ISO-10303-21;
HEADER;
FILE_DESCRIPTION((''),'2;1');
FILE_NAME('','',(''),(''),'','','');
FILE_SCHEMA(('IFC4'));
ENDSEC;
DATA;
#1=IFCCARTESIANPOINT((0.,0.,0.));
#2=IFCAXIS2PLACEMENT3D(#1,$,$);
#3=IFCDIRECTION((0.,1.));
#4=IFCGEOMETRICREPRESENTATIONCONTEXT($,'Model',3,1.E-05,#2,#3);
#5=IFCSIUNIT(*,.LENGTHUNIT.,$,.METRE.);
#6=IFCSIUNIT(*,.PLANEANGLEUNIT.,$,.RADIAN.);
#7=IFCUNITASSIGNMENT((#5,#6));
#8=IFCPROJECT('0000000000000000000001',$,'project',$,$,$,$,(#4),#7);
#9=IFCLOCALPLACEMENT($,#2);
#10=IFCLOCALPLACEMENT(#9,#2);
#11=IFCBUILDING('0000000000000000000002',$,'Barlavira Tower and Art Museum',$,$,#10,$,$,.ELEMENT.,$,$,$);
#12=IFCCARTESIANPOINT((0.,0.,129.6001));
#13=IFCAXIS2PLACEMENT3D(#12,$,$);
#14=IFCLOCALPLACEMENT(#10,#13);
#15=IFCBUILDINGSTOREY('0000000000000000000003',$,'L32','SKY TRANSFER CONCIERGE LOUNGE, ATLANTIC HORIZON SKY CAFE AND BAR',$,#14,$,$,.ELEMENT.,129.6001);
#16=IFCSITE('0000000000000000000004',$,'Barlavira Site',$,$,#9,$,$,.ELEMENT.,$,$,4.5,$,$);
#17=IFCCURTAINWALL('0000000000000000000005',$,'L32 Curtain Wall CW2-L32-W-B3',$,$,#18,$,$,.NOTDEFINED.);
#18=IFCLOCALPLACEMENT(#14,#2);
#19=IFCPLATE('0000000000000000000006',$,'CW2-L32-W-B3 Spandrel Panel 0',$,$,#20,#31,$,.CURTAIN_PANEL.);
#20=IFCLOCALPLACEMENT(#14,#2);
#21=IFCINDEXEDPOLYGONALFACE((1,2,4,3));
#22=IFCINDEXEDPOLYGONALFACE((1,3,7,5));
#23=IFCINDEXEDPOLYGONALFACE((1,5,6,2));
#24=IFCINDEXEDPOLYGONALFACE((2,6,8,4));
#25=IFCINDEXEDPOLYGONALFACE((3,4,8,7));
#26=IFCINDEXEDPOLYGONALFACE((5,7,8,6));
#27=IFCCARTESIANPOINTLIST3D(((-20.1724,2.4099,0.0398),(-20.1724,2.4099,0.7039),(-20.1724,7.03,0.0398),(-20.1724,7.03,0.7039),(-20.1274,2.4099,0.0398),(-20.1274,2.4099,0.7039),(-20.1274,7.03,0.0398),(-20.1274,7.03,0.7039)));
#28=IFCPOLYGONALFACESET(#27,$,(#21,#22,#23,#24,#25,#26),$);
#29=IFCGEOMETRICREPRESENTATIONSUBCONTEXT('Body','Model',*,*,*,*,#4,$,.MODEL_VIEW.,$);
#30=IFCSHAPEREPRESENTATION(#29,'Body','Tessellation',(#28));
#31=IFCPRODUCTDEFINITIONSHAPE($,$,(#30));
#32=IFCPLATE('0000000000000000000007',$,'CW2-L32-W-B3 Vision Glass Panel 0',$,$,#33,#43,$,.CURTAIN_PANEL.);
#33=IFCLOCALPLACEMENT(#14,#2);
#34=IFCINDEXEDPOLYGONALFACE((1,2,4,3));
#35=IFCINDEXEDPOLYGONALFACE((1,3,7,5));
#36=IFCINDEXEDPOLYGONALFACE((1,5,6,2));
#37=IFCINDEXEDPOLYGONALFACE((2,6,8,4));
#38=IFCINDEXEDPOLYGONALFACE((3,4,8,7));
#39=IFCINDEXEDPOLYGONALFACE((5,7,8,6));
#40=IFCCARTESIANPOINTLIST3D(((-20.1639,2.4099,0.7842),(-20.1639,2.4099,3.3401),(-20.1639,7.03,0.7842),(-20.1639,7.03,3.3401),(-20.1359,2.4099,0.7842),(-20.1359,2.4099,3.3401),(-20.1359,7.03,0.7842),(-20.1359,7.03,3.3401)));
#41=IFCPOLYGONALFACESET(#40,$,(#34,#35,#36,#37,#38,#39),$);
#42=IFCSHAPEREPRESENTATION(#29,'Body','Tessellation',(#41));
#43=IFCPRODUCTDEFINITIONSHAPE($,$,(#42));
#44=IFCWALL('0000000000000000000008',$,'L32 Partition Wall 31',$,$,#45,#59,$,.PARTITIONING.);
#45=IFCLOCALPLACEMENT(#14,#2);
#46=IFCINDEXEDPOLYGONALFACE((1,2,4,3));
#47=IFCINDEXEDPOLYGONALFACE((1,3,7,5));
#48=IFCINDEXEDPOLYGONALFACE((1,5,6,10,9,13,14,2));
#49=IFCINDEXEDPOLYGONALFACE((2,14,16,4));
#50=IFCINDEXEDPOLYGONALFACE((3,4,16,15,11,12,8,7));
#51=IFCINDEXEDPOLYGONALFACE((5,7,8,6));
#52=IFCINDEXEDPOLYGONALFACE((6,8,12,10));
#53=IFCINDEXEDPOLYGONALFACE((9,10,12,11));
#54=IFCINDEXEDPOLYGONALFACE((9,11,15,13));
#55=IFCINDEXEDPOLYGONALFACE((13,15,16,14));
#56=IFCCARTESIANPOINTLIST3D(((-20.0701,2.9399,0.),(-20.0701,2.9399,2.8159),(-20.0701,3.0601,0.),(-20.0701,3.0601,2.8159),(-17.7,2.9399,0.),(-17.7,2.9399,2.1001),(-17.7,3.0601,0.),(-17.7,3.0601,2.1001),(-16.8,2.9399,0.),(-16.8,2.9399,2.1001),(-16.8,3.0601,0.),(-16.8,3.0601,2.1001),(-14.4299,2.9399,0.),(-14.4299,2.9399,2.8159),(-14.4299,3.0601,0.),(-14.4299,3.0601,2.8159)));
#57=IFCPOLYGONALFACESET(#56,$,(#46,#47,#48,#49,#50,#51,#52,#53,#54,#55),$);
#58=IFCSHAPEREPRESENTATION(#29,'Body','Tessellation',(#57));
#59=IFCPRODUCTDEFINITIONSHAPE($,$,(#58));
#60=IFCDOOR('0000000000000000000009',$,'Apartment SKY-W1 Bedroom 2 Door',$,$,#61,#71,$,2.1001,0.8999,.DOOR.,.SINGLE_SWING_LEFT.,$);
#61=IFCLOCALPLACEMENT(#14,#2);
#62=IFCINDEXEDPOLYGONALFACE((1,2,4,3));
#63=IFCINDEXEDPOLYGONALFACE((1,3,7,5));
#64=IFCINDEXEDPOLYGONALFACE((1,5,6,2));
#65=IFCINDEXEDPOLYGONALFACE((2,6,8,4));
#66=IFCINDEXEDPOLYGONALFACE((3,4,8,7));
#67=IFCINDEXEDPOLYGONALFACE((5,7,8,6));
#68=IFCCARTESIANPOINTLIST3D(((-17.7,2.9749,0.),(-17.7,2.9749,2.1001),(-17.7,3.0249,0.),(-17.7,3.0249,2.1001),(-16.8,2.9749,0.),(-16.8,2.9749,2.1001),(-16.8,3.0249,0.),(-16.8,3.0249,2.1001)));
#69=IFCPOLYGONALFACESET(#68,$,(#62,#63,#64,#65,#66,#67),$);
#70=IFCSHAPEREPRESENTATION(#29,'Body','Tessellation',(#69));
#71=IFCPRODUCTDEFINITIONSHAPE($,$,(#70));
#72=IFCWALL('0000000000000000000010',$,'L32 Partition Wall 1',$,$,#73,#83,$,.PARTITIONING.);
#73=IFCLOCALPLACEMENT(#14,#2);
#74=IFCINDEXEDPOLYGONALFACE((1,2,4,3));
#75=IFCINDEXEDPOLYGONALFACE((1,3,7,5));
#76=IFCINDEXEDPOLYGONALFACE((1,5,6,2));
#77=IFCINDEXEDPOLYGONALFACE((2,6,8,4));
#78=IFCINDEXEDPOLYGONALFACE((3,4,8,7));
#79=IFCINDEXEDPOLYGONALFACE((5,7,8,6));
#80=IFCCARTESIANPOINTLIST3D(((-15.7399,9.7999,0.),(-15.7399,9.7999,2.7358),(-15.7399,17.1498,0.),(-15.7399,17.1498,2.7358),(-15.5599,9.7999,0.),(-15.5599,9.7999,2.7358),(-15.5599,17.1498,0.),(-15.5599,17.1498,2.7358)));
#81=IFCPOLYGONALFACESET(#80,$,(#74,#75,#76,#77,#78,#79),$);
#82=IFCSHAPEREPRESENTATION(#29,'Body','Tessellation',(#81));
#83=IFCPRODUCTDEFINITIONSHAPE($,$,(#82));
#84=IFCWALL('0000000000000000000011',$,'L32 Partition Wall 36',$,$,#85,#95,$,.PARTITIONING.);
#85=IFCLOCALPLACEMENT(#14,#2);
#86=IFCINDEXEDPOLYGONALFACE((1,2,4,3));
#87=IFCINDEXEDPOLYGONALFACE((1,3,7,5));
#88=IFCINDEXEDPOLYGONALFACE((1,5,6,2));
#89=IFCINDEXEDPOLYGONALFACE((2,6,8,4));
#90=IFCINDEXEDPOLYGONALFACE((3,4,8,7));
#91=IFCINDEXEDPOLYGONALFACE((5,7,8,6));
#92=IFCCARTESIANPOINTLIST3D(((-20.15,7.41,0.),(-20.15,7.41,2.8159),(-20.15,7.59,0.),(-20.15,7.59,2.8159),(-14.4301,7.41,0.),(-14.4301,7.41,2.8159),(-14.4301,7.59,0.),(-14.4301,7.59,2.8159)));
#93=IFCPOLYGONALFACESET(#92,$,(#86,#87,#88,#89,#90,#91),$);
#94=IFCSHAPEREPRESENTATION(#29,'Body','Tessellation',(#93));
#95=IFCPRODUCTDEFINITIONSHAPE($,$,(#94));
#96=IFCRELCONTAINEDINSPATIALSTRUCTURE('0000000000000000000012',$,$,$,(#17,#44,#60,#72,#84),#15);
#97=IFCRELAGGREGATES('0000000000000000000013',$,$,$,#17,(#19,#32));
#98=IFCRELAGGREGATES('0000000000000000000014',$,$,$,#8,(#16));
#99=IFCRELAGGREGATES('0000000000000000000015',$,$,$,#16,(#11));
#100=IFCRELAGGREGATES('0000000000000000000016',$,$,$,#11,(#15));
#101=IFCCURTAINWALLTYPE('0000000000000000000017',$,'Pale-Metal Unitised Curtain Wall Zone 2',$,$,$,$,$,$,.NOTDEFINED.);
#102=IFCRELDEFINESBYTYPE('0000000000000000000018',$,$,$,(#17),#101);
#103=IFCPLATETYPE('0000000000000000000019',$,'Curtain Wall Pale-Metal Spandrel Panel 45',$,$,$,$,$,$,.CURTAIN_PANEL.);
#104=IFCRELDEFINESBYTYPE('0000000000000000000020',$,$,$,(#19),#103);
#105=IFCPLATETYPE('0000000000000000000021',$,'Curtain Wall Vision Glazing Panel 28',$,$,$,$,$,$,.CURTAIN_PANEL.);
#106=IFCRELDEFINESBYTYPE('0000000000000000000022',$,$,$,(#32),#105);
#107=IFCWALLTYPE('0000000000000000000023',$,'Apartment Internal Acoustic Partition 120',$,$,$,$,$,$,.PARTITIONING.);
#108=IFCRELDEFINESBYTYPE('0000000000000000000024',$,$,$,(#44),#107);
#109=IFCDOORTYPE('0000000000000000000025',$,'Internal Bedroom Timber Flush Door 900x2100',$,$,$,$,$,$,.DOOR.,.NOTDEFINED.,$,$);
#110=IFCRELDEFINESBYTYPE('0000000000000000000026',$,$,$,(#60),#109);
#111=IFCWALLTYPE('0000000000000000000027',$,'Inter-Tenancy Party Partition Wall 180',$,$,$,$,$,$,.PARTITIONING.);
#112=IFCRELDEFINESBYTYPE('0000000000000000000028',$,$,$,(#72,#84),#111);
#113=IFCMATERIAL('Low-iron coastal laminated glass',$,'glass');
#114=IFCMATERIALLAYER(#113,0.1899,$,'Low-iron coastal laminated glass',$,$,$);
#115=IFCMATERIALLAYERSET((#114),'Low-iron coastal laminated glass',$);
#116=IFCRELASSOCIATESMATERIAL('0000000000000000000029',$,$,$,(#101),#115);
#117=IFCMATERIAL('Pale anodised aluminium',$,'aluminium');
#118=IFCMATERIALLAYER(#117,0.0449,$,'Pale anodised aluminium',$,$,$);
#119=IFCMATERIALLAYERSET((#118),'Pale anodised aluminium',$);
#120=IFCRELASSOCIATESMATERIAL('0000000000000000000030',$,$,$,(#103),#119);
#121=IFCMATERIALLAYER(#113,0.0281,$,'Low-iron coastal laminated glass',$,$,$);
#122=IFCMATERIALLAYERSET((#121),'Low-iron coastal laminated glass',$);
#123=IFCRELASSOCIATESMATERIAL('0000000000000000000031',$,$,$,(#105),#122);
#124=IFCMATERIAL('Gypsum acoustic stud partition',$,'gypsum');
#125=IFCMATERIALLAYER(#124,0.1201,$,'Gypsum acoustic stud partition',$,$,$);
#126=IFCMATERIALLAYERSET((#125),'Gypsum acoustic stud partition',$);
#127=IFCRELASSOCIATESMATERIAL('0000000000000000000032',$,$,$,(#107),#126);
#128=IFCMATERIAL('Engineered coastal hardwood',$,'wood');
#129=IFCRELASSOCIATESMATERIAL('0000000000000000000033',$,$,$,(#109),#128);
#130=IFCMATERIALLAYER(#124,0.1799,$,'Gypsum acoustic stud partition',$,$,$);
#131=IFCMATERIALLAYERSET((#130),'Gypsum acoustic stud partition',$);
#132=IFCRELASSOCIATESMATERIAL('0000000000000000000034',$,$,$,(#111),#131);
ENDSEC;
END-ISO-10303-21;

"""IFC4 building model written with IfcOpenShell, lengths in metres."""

from ifc_helpers import new_model, si_unit, direction, frame, frame_2d, origin, origin_2d, place, context, subcontext, project, spatial, rectangle, extrude, material, layer, layer_set, type_object, element, fill, aggregate, save


model = new_model("IFC4")

# Units and contexts
model_context = context("Model", 3, precision=1e-05, world=origin(), true_north=direction((0.0, 1.0)))
body_context = subcontext(model_context, "Body", "Model", "MODEL_VIEW")
ifc_project = project(units=[si_unit("LENGTHUNIT", "METRE"), si_unit("PLANEANGLEUNIT", "RADIAN")], contexts=[model_context])

# Site, building, storey
site_placement = place(None, origin())
site = spatial("IfcSite", under=ifc_project, at=site_placement, Name="Barlavira Site", CompositionType="ELEMENT", RefElevation=4.5)
building_placement = place(site_placement, origin())
building = spatial("IfcBuilding", under=site, at=building_placement, Name="Barlavira Tower and Art Museum", CompositionType="ELEMENT")
storey_placement = place(building_placement, frame((0.0, 0.0, 129.6001)))
storey = spatial("IfcBuildingStorey", under=building, at=storey_placement, Name="L32", Description="SKY TRANSFER CONCIERGE LOUNGE, ATLANTIC HORIZON SKY CAFE AND BAR", CompositionType="ELEMENT", Elevation=129.6001)

# Curtain wall
ifc_material_1 = material(Name="Low-iron coastal laminated glass", Category="glass")
ifc_layer_1 = layer(ifc_material_1, 0.1899, Name="Low-iron coastal laminated glass")
ifc_layer_set_1 = layer_set([ifc_layer_1], Name="Low-iron coastal laminated glass")
curtain_wall_type = type_object("IfcCurtainWallType", Name="Pale-Metal Unitised Curtain Wall Zone 2", PredefinedType="NOTDEFINED", material=ifc_layer_set_1)
curtain_wall_placement = place(storey_placement, origin())
curtain_wall = element("IfcCurtainWall", 1, at=curtain_wall_placement, inside=storey, type_object=curtain_wall_type, Name="L32 Curtain Wall CW2-L32-W-B3", PredefinedType="NOTDEFINED")
ifc_material_2 = material(Name="Pale anodised aluminium", Category="aluminium")

# Plates
ifc_layer_2 = layer(ifc_material_2, 0.0449, Name="Pale anodised aluminium")
ifc_layer_set_2 = layer_set([ifc_layer_2], Name="Pale anodised aluminium")
plate_type_1 = type_object("IfcPlateType", Name="Curtain Wall Pale-Metal Spandrel Panel 45", PredefinedType="CURTAIN_PANEL", material=ifc_layer_set_2)
plate_1_placement = place(storey_placement, frame((-20.1499, 4.72, 0.0398), z_axis=(0.0, 0.0, 1.0), x_axis=(0.0, -1.0, 0.0)))
plate_1 = element("IfcPlate", 2, at=plate_1_placement, type_object=plate_type_1, Name="CW2-L32-W-B3 Spandrel Panel 0", PredefinedType="CURTAIN_PANEL", context=body_context, shape_type="SweptSolid", body=[
    extrude(rectangle(XDim=4.6201, YDim=0.0449, at=origin_2d()), origin(), (0.0, 0.0, 1.0), 0.6641),
])
ifc_layer_3 = layer(ifc_material_1, 0.0281, Name="Low-iron coastal laminated glass")
ifc_layer_set_3 = layer_set([ifc_layer_3], Name="Low-iron coastal laminated glass")
plate_type_2 = type_object("IfcPlateType", Name="Curtain Wall Vision Glazing Panel 28", PredefinedType="CURTAIN_PANEL", material=ifc_layer_set_3)
plate_2_placement = place(storey_placement, frame((-20.1499, 4.72, 0.7842), z_axis=(0.0, 0.0, 1.0), x_axis=(0.0, -1.0, 0.0)))
plate_2 = element("IfcPlate", 3, at=plate_2_placement, type_object=plate_type_2, Name="CW2-L32-W-B3 Vision Glass Panel 0", PredefinedType="CURTAIN_PANEL", context=body_context, shape_type="SweptSolid", body=[
    extrude(rectangle(XDim=4.6201, YDim=0.0281, at=origin_2d()), origin(), (0.0, 0.0, 1.0), 2.5559),
])
aggregate(curtain_wall, [plate_1, plate_2])

# Wall, opening, door
ifc_material_3 = material(Name="Gypsum acoustic stud partition", Category="gypsum")
ifc_layer_4 = layer(ifc_material_3, 0.1201, Name="Gypsum acoustic stud partition")
ifc_layer_set_4 = layer_set([ifc_layer_4], Name="Gypsum acoustic stud partition")
wall_type_1 = type_object("IfcWallType", Name="Apartment Internal Acoustic Partition 120", PredefinedType="PARTITIONING", material=ifc_layer_set_4)
wall_1_placement = place(storey_placement, frame((-20.0701, 3.0, 0.0), z_axis=(0.0, 0.0, 1.0), x_axis=(1.0, 0.0, 0.0)))
wall_1 = element("IfcWall", 4, at=wall_1_placement, inside=storey, type_object=wall_type_1, Name="L32 Partition Wall 31", PredefinedType="PARTITIONING", context=body_context, shape_type="SweptSolid", body=[
    extrude(rectangle(XDim=5.6401, YDim=0.1201, at=frame_2d((2.8201, 0.0))), origin(), (0.0, 0.0, 1.0), 2.8159),
])
opening_1_placement = place(wall_1_placement, frame((2.3701, 0.0, 0.0)))
opening_1 = element("IfcOpeningElement", 5, at=opening_1_placement, cuts=wall_1, PredefinedType="OPENING", context=body_context, shape_type="SweptSolid", body=[
    extrude(rectangle(XDim=0.8999, YDim=2.1001, at=frame_2d((0.45, 1.05))), frame((0.0, 0.0701, 0.0), z_axis=(0.0, -1.0, 0.0), x_axis=(1.0, 0.0, 0.0)), (0.0, 0.0, 1.0), 0.1401),
])
ifc_material_4 = material(Name="Engineered coastal hardwood", Category="wood")
door_type_1 = type_object("IfcDoorType", Name="Internal Bedroom Timber Flush Door 900x2100", OperationType="NOTDEFINED", PredefinedType="DOOR", material=ifc_material_4)
door_1_placement = place(opening_1_placement, origin())
door_1 = element("IfcDoor", 6, at=door_1_placement, inside=storey, type_object=door_type_1, Name="Apartment SKY-W1 Bedroom 2 Door", OperationType="SINGLE_SWING_LEFT", OverallHeight=2.1001, OverallWidth=0.8999, PredefinedType="DOOR", context=body_context, shape_type="SweptSolid", body=[
    extrude(rectangle(XDim=0.8999, YDim=2.1001, at=frame_2d((0.45, 1.05))), frame((0.0, 0.0249, 0.0), z_axis=(0.0, -1.0, 0.0), x_axis=(1.0, 0.0, 0.0)), (0.0, 0.0, 1.0), 0.05),
])
fill(opening_1, door_1)

# Walls
ifc_layer_5 = layer(ifc_material_3, 0.1799, Name="Gypsum acoustic stud partition")
ifc_layer_set_5 = layer_set([ifc_layer_5], Name="Gypsum acoustic stud partition")
wall_type_2 = type_object("IfcWallType", Name="Inter-Tenancy Party Partition Wall 180", PredefinedType="PARTITIONING", material=ifc_layer_set_5)
wall_2_placement = place(storey_placement, frame((-15.6499, 9.8, 0.0), z_axis=(0.0, 0.0, 1.0), x_axis=(0.0, 1.0, 0.0)))
element("IfcWall", 7, at=wall_2_placement, inside=storey, type_object=wall_type_2, Name="L32 Partition Wall 1", PredefinedType="PARTITIONING", context=body_context, shape_type="SweptSolid", body=[
    extrude(rectangle(XDim=7.3499, YDim=0.1799, at=frame_2d((3.6748, 0.0))), origin(), (0.0, 0.0, 1.0), 2.7358),
])
wall_3_placement = place(storey_placement, frame((-20.1499, 7.5, 0.0), z_axis=(0.0, 0.0, 1.0), x_axis=(1.0, 0.0, 0.0)))
element("IfcWall", 8, at=wall_3_placement, inside=storey, type_object=wall_type_2, Name="L32 Partition Wall 36", PredefinedType="PARTITIONING", context=body_context, shape_type="SweptSolid", body=[
    extrude(rectangle(XDim=5.72, YDim=0.1799, at=frame_2d((2.8599, 0.0))), origin(), (0.0, 0.0, 1.0), 2.8159),
])

save(model, "model.ifc")
